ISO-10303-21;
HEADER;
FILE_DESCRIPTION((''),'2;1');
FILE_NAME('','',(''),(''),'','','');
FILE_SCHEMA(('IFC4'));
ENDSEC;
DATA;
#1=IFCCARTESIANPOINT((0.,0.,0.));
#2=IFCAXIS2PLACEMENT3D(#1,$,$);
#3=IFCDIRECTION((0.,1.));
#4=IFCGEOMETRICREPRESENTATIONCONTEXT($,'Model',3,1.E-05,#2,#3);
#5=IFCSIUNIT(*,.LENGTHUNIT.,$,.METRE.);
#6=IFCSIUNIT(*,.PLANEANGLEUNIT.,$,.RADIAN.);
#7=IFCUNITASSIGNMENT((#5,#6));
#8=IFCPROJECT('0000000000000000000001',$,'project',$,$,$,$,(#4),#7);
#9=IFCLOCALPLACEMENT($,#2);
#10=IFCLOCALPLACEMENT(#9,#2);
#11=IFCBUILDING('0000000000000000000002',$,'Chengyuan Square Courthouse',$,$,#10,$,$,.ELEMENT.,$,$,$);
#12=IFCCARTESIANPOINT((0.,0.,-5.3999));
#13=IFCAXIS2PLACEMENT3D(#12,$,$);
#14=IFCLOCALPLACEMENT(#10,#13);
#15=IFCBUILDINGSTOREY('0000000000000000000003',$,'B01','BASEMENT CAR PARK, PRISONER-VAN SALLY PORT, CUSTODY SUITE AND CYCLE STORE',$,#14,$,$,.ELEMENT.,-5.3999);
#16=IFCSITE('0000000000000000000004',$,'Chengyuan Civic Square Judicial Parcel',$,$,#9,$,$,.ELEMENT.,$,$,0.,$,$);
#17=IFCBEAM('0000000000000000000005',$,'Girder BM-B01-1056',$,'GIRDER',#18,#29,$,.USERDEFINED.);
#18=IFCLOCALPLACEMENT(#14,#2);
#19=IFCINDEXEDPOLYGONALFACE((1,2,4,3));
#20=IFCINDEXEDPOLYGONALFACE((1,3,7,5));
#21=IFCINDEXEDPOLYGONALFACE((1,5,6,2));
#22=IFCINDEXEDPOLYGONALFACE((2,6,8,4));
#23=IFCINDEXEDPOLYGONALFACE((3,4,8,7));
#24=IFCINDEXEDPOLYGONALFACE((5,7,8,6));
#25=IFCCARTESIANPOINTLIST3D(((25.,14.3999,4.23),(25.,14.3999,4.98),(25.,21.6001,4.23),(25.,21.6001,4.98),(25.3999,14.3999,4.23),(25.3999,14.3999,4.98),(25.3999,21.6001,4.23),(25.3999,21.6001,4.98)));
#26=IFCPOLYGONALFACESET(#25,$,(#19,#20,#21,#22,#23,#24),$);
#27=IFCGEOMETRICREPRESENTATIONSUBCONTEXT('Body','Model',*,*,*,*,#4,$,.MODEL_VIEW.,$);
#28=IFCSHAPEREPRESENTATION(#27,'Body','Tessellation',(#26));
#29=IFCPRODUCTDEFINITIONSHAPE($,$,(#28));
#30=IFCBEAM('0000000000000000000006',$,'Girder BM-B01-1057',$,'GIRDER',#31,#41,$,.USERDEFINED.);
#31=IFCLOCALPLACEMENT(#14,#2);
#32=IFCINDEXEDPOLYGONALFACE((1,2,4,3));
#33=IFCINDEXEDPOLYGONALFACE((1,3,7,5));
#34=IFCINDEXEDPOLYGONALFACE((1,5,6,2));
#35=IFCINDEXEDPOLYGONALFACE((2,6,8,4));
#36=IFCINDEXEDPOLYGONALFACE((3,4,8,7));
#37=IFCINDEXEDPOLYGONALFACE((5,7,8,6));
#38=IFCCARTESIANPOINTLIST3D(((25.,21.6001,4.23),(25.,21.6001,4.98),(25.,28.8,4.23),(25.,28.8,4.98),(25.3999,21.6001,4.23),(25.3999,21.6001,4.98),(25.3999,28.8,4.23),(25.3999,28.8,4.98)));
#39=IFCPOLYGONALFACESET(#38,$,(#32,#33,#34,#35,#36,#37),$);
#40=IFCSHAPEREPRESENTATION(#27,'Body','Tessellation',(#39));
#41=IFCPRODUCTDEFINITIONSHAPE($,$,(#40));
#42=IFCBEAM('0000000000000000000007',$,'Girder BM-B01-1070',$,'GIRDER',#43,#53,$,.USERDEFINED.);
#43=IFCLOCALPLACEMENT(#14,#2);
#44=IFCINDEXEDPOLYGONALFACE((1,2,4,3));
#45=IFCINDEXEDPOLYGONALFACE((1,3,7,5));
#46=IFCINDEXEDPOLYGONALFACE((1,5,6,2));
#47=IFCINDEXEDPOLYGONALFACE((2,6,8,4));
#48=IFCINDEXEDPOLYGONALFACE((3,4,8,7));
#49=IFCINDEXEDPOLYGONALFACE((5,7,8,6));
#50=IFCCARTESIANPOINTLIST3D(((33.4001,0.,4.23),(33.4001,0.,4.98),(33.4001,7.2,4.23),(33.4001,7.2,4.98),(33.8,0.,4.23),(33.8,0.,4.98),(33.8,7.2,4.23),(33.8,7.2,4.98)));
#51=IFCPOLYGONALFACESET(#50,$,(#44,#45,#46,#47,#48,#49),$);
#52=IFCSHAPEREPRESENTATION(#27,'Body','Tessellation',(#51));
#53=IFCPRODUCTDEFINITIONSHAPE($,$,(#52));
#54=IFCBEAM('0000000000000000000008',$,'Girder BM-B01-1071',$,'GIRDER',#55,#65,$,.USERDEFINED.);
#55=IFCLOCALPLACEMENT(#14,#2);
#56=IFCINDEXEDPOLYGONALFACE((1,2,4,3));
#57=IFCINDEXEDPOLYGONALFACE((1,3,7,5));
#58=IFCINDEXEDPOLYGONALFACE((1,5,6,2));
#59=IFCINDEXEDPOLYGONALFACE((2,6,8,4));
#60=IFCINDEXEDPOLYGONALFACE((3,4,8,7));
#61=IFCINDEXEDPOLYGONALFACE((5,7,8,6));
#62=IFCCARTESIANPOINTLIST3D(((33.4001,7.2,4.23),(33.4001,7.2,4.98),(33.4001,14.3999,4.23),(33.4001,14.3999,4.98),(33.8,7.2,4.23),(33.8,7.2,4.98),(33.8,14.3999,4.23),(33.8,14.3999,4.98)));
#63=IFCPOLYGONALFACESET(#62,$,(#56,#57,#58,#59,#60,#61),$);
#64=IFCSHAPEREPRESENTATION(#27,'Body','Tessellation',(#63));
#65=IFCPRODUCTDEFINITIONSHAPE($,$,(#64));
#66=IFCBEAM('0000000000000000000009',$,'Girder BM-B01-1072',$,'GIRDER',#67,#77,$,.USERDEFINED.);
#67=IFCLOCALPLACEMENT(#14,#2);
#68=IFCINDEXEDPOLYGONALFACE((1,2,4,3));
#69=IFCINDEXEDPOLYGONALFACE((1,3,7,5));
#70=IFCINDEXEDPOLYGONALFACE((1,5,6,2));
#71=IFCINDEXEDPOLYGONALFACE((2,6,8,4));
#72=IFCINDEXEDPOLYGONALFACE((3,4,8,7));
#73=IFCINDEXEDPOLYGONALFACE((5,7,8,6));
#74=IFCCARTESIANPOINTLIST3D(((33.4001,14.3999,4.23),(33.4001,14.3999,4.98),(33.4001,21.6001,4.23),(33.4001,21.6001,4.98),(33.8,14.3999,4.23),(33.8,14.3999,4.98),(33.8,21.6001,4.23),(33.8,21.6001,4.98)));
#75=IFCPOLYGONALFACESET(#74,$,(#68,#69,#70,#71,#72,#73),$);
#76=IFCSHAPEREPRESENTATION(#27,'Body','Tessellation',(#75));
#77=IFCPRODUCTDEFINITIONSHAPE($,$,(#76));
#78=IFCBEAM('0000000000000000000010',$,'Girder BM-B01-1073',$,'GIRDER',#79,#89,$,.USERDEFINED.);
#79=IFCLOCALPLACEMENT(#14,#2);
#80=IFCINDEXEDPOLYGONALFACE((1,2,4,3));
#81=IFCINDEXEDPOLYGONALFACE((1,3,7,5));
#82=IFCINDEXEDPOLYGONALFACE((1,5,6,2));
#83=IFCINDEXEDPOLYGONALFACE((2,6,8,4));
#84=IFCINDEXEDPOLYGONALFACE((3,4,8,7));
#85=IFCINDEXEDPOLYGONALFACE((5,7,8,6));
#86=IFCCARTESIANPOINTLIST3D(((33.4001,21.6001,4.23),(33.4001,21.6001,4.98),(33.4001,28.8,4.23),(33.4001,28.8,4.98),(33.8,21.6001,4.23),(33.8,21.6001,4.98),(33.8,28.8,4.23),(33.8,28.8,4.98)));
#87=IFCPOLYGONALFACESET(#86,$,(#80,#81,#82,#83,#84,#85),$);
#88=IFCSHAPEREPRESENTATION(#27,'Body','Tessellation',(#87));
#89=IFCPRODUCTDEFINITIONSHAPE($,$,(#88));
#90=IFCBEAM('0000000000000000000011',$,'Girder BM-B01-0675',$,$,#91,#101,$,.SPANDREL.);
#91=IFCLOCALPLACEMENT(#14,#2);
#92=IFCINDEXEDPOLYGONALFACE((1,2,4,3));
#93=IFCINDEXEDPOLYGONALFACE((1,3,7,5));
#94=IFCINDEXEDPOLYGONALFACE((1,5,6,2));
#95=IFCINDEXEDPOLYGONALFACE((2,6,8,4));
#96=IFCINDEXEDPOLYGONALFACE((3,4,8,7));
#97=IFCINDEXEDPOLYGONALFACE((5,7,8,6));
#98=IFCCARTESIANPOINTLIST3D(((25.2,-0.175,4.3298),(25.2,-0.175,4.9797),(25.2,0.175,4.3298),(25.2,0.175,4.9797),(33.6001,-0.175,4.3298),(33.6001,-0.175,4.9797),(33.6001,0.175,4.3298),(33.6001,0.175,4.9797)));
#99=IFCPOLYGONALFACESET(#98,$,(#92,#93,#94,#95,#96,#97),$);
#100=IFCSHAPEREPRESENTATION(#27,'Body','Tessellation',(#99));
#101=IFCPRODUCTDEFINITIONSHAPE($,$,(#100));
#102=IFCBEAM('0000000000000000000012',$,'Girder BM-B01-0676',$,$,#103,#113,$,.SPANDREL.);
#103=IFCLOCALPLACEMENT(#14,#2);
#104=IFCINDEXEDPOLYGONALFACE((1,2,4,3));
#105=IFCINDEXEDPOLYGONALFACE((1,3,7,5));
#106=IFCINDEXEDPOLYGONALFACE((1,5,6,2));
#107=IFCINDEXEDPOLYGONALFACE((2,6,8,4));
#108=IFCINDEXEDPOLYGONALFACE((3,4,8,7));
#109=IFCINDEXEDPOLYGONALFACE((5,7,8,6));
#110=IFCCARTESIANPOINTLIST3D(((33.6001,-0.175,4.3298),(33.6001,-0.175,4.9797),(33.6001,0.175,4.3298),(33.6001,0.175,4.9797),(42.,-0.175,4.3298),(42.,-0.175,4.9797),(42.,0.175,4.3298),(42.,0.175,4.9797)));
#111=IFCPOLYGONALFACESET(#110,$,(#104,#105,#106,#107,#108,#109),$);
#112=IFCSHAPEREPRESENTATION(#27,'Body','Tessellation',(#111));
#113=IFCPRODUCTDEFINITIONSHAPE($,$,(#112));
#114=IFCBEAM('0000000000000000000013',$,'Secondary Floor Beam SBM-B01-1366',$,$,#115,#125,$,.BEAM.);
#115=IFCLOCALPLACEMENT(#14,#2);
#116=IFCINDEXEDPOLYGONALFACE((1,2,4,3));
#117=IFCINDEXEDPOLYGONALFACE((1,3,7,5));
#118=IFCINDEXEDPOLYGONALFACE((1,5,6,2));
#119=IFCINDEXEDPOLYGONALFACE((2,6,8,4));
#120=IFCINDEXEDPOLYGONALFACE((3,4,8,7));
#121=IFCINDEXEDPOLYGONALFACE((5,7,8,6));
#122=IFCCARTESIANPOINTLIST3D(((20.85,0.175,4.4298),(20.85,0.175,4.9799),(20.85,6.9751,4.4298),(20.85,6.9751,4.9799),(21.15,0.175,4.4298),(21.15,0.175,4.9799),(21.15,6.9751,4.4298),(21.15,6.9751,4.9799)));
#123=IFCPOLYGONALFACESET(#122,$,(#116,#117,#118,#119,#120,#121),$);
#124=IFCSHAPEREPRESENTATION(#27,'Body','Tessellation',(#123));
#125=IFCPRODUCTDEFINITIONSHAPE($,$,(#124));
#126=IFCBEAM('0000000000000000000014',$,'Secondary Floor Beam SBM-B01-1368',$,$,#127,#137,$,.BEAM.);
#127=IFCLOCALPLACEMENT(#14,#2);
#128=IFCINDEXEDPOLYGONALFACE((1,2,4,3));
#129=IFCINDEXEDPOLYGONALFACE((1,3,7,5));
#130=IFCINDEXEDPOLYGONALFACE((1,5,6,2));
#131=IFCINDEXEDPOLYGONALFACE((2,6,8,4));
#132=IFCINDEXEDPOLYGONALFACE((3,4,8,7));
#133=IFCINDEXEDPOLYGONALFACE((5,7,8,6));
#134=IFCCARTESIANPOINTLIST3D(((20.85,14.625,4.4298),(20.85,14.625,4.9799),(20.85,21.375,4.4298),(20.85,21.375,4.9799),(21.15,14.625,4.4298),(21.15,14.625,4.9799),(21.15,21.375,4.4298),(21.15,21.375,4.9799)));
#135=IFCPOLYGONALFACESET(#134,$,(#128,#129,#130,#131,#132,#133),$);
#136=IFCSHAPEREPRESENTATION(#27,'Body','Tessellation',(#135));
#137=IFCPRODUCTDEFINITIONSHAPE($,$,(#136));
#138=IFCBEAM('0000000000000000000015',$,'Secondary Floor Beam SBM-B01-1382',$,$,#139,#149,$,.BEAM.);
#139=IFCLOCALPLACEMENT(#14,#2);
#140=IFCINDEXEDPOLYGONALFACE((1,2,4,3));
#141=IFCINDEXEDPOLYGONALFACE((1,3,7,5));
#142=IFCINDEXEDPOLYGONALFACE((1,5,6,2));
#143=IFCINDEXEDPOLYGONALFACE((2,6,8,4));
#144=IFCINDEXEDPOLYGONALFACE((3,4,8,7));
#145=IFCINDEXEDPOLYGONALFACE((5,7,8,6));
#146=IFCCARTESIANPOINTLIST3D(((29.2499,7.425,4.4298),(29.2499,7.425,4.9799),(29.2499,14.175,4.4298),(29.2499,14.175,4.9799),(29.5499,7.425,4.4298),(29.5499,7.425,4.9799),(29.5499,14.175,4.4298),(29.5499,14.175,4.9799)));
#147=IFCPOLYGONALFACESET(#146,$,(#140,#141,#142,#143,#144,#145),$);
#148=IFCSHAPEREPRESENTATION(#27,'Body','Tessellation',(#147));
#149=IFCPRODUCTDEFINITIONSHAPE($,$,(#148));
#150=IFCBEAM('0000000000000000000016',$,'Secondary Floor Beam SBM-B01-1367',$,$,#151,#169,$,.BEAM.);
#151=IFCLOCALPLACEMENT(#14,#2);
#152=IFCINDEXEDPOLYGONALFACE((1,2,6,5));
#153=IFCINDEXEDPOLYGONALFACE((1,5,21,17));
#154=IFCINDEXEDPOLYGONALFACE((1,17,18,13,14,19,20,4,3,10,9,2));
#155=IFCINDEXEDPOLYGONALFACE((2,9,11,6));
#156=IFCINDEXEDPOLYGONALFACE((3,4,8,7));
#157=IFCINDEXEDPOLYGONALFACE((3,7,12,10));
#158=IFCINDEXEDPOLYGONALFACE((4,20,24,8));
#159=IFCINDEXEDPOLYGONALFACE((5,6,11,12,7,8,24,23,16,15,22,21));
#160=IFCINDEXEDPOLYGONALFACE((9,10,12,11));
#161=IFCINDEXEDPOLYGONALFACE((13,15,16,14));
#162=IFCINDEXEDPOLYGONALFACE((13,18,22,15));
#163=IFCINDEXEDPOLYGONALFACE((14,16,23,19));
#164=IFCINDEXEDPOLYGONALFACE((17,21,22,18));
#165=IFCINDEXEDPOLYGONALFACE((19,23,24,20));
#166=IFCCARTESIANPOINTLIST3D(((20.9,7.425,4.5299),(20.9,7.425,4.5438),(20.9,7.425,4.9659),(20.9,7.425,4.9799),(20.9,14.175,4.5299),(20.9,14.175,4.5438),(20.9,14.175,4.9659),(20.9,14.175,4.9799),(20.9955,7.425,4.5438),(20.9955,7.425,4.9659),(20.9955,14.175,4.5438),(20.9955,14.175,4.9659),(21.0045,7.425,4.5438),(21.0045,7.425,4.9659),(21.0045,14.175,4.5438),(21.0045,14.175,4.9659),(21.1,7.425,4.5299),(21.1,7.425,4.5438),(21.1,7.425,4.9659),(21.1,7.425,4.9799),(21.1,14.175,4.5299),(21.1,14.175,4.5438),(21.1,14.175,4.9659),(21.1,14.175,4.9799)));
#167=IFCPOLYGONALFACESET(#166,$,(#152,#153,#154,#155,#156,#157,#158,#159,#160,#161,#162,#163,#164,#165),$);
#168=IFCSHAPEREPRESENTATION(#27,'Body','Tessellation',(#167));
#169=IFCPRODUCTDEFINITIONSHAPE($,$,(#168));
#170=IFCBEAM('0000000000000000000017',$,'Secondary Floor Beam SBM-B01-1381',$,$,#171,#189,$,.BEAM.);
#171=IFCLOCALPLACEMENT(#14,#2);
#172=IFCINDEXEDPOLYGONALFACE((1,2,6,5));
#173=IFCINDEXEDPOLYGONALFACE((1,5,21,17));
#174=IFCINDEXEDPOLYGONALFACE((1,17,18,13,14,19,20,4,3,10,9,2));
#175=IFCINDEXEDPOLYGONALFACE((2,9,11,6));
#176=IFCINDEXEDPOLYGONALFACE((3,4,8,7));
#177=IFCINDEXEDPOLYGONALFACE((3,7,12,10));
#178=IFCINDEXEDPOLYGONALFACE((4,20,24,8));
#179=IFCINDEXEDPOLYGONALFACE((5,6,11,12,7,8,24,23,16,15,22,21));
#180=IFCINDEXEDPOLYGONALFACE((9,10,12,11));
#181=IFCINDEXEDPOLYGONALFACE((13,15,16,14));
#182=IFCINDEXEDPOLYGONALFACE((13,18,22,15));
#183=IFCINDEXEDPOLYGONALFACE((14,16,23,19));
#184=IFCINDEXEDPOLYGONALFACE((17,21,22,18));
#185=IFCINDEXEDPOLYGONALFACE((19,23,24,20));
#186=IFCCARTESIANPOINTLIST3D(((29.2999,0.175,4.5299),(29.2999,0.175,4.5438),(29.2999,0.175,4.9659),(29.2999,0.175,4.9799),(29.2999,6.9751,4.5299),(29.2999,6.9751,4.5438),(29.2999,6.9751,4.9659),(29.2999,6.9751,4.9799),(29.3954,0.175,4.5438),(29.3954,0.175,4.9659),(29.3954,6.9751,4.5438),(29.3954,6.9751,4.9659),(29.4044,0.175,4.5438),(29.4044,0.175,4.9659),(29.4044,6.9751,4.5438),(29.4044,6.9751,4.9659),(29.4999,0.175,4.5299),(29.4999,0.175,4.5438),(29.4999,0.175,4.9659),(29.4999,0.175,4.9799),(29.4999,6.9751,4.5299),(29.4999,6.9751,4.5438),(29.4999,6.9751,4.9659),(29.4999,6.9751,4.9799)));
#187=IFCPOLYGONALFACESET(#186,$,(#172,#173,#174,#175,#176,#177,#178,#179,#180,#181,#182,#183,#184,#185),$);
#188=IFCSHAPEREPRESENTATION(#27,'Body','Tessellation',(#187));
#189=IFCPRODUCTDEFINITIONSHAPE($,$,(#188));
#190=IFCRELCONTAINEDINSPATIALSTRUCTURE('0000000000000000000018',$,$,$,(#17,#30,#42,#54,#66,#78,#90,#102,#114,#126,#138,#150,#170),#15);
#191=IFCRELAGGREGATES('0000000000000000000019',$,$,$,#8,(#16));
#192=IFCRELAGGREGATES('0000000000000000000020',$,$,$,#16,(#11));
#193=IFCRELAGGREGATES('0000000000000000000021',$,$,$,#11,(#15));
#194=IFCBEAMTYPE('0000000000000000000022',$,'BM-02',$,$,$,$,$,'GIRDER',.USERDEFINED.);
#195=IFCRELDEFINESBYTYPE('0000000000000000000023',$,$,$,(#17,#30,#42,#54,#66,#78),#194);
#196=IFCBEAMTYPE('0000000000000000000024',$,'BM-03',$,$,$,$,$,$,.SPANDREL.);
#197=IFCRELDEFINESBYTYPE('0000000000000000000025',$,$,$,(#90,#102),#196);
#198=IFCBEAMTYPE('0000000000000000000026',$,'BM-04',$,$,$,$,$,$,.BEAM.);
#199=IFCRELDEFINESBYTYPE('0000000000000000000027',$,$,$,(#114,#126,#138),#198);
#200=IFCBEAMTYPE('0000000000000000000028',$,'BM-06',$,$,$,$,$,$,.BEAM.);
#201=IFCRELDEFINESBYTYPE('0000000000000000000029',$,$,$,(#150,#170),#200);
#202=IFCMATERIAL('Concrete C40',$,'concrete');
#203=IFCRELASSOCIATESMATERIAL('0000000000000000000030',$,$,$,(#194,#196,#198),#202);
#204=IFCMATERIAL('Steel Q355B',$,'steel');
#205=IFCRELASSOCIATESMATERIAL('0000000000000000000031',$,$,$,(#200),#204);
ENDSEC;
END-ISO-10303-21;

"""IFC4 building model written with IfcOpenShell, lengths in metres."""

from ifc_helpers import new_model, si_unit, direction, frame, origin, origin_2d, place, context, subcontext, project, spatial, rectangle, i_section, extrude, material, material_profile, profile_set, type_object, element, save


model = new_model("IFC4")

# Units and contexts
model_context = context("Model", 3, precision=1e-05, world=origin(), true_north=direction((0.0, 1.0)))
body_context = subcontext(model_context, "Body", "Model", "MODEL_VIEW")
ifc_project = project(units=[si_unit("LENGTHUNIT", "METRE"), si_unit("PLANEANGLEUNIT", "RADIAN")], contexts=[model_context])

# Site, building, storey
site_placement = place(None, origin())
site = spatial("IfcSite", under=ifc_project, at=site_placement, Name="Chengyuan Civic Square Judicial Parcel", CompositionType="ELEMENT", RefElevation=0.0)
building_placement = place(site_placement, origin())
building = spatial("IfcBuilding", under=site, at=building_placement, Name="Chengyuan Square Courthouse", CompositionType="ELEMENT")
storey_placement = place(building_placement, frame((0.0, 0.0, -5.3999)))
storey = spatial("IfcBuildingStorey", under=building, at=storey_placement, Name="B01", Description="BASEMENT CAR PARK, PRISONER-VAN SALLY PORT, CUSTODY SUITE AND CYCLE STORE", CompositionType="ELEMENT", Elevation=-5.3999)

# Beams
ifc_material_1 = material(Name="Concrete C40", Category="concrete")
ifc_material_profile_1 = material_profile(ifc_material_1, rectangle(XDim=0.3999, YDim=0.75, at=origin_2d()), Name="RC-BM-400x750")
ifc_profile_set_1 = profile_set([ifc_material_profile_1], Name="Concrete C40")
beam_type_1 = type_object("IfcBeamType", Name="BM-02", ElementType="GIRDER", PredefinedType="USERDEFINED", material=ifc_profile_set_1)
beam_1_placement = place(storey_placement, frame((25.2, 14.3999, 4.605), z_axis=(0.0, 1.0, 0.0), x_axis=(-1.0, 0.0, 0.0)))
element("IfcBeam", 1, at=beam_1_placement, inside=storey, type_object=beam_type_1, Name="Girder BM-B01-1056", ObjectType="GIRDER", PredefinedType="USERDEFINED", context=body_context, shape_type="SweptSolid", body=[
    extrude(rectangle(XDim=0.3999, YDim=0.75, at=origin_2d()), origin(), (0.0, 0.0, 1.0), 7.2002),
])
for number, where, z_axis, x_axis, name in (
    (2, (25.2, 21.6001, 4.605), (0.0, 1.0, 0.0), (-1.0, 0.0, 0.0), "Girder BM-B01-1057"),
    (3, (33.6001, 0.0, 4.605), (0.0, 1.0, 0.0), (-1.0, 0.0, 0.0), "Girder BM-B01-1070"),
    (4, (33.6001, 7.2, 4.605), (0.0, 1.0, 0.0), (-1.0, 0.0, 0.0), "Girder BM-B01-1071"),
):
    element("IfcBeam", number, at=place(storey_placement, frame(where, z_axis=z_axis, x_axis=x_axis)), inside=storey, type_object=beam_type_1, Name=name, ObjectType="GIRDER", PredefinedType="USERDEFINED", context=body_context, shape_type="SweptSolid", body=[
        extrude(rectangle(XDim=0.3999, YDim=0.75, at=origin_2d()), origin(), (0.0, 0.0, 1.0), 7.2),
    ])
beam_2_placement = place(storey_placement, frame((33.6001, 14.3999, 4.605), z_axis=(0.0, 1.0, 0.0), x_axis=(-1.0, 0.0, 0.0)))
element("IfcBeam", 5, at=beam_2_placement, inside=storey, type_object=beam_type_1, Name="Girder BM-B01-1072", ObjectType="GIRDER", PredefinedType="USERDEFINED", context=body_context, shape_type="SweptSolid", body=[
    extrude(rectangle(XDim=0.3999, YDim=0.75, at=origin_2d()), origin(), (0.0, 0.0, 1.0), 7.2002),
])
beam_3_placement = place(storey_placement, frame((33.6001, 21.6001, 4.605), z_axis=(0.0, 1.0, 0.0), x_axis=(-1.0, 0.0, 0.0)))
element("IfcBeam", 6, at=beam_3_placement, inside=storey, type_object=beam_type_1, Name="Girder BM-B01-1073", ObjectType="GIRDER", PredefinedType="USERDEFINED", context=body_context, shape_type="SweptSolid", body=[
    extrude(rectangle(XDim=0.3999, YDim=0.75, at=origin_2d()), origin(), (0.0, 0.0, 1.0), 7.2),
])
ifc_material_profile_2 = material_profile(ifc_material_1, rectangle(XDim=0.3501, YDim=0.6499, at=origin_2d()), Name="RC-BM-350x650")
ifc_profile_set_2 = profile_set([ifc_material_profile_2], Name="Concrete C40")
beam_type_2 = type_object("IfcBeamType", Name="BM-03", PredefinedType="SPANDREL", material=ifc_profile_set_2)
beam_4_placement = place(storey_placement, frame((25.2, 0.0, 4.6548), z_axis=(1.0, 0.0, 0.0), x_axis=(0.0, 1.0, 0.0)))
element("IfcBeam", 7, at=beam_4_placement, inside=storey, type_object=beam_type_2, Name="Girder BM-B01-0675", PredefinedType="SPANDREL", context=body_context, shape_type="SweptSolid", body=[
    extrude(rectangle(XDim=0.3501, YDim=0.6499, at=origin_2d()), origin(), (0.0, 0.0, 1.0), 8.4001),
])
beam_5_placement = place(storey_placement, frame((33.6001, 0.0, 4.6548), z_axis=(1.0, 0.0, 0.0), x_axis=(0.0, 1.0, 0.0)))
element("IfcBeam", 8, at=beam_5_placement, inside=storey, type_object=beam_type_2, Name="Girder BM-B01-0676", PredefinedType="SPANDREL", context=body_context, shape_type="SweptSolid", body=[
    extrude(rectangle(XDim=0.3501, YDim=0.6499, at=origin_2d()), origin(), (0.0, 0.0, 1.0), 8.3999),
])
ifc_material_profile_3 = material_profile(ifc_material_1, rectangle(XDim=0.3, YDim=0.55, at=origin_2d()), Name="RC-BM-300x550")
ifc_profile_set_3 = profile_set([ifc_material_profile_3], Name="Concrete C40")
beam_type_3 = type_object("IfcBeamType", Name="BM-04", PredefinedType="BEAM", material=ifc_profile_set_3)
beam_6_placement = place(storey_placement, frame((21.0, 0.175, 4.7048), z_axis=(0.0, 1.0, 0.0), x_axis=(-1.0, 0.0, 0.0)))
element("IfcBeam", 9, at=beam_6_placement, inside=storey, type_object=beam_type_3, Name="Secondary Floor Beam SBM-B01-1366", PredefinedType="BEAM", context=body_context, shape_type="SweptSolid", body=[
    extrude(rectangle(XDim=0.3, YDim=0.55, at=origin_2d()), origin(), (0.0, 0.0, 1.0), 6.8),
])
for number, where, z_axis, x_axis, name in (
    (10, (21.0, 14.625, 4.7048), (0.0, 1.0, 0.0), (-1.0, 0.0, 0.0), "Secondary Floor Beam SBM-B01-1368"),
    (11, (29.3999, 7.425, 4.7048), (0.0, 1.0, 0.0), (-1.0, 0.0, 0.0), "Secondary Floor Beam SBM-B01-1382"),
):
    element("IfcBeam", number, at=place(storey_placement, frame(where, z_axis=z_axis, x_axis=x_axis)), inside=storey, type_object=beam_type_3, Name=name, PredefinedType="BEAM", context=body_context, shape_type="SweptSolid", body=[
        extrude(rectangle(XDim=0.3, YDim=0.55, at=origin_2d()), origin(), (0.0, 0.0, 1.0), 6.75),
    ])
ifc_material_2 = material(Name="Steel Q355B", Category="steel")
ifc_material_profile_4 = material_profile(ifc_material_2, i_section(OverallWidth=0.2, OverallDepth=0.45, WebThickness=0.009, FlangeThickness=0.0139, at=origin_2d()), Name="HN 450x200x9x14")
ifc_profile_set_4 = profile_set([ifc_material_profile_4], Name="Steel Q355B")
beam_type_4 = type_object("IfcBeamType", Name="BM-06", PredefinedType="BEAM", material=ifc_profile_set_4)
beam_7_placement = place(storey_placement, frame((21.0, 7.425, 4.7549), z_axis=(0.0, 1.0, 0.0), x_axis=(-1.0, 0.0, 0.0)))
element("IfcBeam", 12, at=beam_7_placement, inside=storey, type_object=beam_type_4, Name="Secondary Floor Beam SBM-B01-1367", PredefinedType="BEAM", context=body_context, shape_type="SweptSolid", body=[
    extrude(i_section(OverallWidth=0.2, OverallDepth=0.45, WebThickness=0.009, FlangeThickness=0.0139, at=origin_2d()), origin(), (0.0, 0.0, 1.0), 6.75),
])
beam_8_placement = place(storey_placement, frame((29.3999, 0.175, 4.7549), z_axis=(0.0, 1.0, 0.0), x_axis=(-1.0, 0.0, 0.0)))
element("IfcBeam", 13, at=beam_8_placement, inside=storey, type_object=beam_type_4, Name="Secondary Floor Beam SBM-B01-1381", PredefinedType="BEAM", context=body_context, shape_type="SweptSolid", body=[
    extrude(i_section(OverallWidth=0.2, OverallDepth=0.45, WebThickness=0.009, FlangeThickness=0.0139, at=origin_2d()), origin(), (0.0, 0.0, 1.0), 6.8),
])

save(model, "model.ifc")
